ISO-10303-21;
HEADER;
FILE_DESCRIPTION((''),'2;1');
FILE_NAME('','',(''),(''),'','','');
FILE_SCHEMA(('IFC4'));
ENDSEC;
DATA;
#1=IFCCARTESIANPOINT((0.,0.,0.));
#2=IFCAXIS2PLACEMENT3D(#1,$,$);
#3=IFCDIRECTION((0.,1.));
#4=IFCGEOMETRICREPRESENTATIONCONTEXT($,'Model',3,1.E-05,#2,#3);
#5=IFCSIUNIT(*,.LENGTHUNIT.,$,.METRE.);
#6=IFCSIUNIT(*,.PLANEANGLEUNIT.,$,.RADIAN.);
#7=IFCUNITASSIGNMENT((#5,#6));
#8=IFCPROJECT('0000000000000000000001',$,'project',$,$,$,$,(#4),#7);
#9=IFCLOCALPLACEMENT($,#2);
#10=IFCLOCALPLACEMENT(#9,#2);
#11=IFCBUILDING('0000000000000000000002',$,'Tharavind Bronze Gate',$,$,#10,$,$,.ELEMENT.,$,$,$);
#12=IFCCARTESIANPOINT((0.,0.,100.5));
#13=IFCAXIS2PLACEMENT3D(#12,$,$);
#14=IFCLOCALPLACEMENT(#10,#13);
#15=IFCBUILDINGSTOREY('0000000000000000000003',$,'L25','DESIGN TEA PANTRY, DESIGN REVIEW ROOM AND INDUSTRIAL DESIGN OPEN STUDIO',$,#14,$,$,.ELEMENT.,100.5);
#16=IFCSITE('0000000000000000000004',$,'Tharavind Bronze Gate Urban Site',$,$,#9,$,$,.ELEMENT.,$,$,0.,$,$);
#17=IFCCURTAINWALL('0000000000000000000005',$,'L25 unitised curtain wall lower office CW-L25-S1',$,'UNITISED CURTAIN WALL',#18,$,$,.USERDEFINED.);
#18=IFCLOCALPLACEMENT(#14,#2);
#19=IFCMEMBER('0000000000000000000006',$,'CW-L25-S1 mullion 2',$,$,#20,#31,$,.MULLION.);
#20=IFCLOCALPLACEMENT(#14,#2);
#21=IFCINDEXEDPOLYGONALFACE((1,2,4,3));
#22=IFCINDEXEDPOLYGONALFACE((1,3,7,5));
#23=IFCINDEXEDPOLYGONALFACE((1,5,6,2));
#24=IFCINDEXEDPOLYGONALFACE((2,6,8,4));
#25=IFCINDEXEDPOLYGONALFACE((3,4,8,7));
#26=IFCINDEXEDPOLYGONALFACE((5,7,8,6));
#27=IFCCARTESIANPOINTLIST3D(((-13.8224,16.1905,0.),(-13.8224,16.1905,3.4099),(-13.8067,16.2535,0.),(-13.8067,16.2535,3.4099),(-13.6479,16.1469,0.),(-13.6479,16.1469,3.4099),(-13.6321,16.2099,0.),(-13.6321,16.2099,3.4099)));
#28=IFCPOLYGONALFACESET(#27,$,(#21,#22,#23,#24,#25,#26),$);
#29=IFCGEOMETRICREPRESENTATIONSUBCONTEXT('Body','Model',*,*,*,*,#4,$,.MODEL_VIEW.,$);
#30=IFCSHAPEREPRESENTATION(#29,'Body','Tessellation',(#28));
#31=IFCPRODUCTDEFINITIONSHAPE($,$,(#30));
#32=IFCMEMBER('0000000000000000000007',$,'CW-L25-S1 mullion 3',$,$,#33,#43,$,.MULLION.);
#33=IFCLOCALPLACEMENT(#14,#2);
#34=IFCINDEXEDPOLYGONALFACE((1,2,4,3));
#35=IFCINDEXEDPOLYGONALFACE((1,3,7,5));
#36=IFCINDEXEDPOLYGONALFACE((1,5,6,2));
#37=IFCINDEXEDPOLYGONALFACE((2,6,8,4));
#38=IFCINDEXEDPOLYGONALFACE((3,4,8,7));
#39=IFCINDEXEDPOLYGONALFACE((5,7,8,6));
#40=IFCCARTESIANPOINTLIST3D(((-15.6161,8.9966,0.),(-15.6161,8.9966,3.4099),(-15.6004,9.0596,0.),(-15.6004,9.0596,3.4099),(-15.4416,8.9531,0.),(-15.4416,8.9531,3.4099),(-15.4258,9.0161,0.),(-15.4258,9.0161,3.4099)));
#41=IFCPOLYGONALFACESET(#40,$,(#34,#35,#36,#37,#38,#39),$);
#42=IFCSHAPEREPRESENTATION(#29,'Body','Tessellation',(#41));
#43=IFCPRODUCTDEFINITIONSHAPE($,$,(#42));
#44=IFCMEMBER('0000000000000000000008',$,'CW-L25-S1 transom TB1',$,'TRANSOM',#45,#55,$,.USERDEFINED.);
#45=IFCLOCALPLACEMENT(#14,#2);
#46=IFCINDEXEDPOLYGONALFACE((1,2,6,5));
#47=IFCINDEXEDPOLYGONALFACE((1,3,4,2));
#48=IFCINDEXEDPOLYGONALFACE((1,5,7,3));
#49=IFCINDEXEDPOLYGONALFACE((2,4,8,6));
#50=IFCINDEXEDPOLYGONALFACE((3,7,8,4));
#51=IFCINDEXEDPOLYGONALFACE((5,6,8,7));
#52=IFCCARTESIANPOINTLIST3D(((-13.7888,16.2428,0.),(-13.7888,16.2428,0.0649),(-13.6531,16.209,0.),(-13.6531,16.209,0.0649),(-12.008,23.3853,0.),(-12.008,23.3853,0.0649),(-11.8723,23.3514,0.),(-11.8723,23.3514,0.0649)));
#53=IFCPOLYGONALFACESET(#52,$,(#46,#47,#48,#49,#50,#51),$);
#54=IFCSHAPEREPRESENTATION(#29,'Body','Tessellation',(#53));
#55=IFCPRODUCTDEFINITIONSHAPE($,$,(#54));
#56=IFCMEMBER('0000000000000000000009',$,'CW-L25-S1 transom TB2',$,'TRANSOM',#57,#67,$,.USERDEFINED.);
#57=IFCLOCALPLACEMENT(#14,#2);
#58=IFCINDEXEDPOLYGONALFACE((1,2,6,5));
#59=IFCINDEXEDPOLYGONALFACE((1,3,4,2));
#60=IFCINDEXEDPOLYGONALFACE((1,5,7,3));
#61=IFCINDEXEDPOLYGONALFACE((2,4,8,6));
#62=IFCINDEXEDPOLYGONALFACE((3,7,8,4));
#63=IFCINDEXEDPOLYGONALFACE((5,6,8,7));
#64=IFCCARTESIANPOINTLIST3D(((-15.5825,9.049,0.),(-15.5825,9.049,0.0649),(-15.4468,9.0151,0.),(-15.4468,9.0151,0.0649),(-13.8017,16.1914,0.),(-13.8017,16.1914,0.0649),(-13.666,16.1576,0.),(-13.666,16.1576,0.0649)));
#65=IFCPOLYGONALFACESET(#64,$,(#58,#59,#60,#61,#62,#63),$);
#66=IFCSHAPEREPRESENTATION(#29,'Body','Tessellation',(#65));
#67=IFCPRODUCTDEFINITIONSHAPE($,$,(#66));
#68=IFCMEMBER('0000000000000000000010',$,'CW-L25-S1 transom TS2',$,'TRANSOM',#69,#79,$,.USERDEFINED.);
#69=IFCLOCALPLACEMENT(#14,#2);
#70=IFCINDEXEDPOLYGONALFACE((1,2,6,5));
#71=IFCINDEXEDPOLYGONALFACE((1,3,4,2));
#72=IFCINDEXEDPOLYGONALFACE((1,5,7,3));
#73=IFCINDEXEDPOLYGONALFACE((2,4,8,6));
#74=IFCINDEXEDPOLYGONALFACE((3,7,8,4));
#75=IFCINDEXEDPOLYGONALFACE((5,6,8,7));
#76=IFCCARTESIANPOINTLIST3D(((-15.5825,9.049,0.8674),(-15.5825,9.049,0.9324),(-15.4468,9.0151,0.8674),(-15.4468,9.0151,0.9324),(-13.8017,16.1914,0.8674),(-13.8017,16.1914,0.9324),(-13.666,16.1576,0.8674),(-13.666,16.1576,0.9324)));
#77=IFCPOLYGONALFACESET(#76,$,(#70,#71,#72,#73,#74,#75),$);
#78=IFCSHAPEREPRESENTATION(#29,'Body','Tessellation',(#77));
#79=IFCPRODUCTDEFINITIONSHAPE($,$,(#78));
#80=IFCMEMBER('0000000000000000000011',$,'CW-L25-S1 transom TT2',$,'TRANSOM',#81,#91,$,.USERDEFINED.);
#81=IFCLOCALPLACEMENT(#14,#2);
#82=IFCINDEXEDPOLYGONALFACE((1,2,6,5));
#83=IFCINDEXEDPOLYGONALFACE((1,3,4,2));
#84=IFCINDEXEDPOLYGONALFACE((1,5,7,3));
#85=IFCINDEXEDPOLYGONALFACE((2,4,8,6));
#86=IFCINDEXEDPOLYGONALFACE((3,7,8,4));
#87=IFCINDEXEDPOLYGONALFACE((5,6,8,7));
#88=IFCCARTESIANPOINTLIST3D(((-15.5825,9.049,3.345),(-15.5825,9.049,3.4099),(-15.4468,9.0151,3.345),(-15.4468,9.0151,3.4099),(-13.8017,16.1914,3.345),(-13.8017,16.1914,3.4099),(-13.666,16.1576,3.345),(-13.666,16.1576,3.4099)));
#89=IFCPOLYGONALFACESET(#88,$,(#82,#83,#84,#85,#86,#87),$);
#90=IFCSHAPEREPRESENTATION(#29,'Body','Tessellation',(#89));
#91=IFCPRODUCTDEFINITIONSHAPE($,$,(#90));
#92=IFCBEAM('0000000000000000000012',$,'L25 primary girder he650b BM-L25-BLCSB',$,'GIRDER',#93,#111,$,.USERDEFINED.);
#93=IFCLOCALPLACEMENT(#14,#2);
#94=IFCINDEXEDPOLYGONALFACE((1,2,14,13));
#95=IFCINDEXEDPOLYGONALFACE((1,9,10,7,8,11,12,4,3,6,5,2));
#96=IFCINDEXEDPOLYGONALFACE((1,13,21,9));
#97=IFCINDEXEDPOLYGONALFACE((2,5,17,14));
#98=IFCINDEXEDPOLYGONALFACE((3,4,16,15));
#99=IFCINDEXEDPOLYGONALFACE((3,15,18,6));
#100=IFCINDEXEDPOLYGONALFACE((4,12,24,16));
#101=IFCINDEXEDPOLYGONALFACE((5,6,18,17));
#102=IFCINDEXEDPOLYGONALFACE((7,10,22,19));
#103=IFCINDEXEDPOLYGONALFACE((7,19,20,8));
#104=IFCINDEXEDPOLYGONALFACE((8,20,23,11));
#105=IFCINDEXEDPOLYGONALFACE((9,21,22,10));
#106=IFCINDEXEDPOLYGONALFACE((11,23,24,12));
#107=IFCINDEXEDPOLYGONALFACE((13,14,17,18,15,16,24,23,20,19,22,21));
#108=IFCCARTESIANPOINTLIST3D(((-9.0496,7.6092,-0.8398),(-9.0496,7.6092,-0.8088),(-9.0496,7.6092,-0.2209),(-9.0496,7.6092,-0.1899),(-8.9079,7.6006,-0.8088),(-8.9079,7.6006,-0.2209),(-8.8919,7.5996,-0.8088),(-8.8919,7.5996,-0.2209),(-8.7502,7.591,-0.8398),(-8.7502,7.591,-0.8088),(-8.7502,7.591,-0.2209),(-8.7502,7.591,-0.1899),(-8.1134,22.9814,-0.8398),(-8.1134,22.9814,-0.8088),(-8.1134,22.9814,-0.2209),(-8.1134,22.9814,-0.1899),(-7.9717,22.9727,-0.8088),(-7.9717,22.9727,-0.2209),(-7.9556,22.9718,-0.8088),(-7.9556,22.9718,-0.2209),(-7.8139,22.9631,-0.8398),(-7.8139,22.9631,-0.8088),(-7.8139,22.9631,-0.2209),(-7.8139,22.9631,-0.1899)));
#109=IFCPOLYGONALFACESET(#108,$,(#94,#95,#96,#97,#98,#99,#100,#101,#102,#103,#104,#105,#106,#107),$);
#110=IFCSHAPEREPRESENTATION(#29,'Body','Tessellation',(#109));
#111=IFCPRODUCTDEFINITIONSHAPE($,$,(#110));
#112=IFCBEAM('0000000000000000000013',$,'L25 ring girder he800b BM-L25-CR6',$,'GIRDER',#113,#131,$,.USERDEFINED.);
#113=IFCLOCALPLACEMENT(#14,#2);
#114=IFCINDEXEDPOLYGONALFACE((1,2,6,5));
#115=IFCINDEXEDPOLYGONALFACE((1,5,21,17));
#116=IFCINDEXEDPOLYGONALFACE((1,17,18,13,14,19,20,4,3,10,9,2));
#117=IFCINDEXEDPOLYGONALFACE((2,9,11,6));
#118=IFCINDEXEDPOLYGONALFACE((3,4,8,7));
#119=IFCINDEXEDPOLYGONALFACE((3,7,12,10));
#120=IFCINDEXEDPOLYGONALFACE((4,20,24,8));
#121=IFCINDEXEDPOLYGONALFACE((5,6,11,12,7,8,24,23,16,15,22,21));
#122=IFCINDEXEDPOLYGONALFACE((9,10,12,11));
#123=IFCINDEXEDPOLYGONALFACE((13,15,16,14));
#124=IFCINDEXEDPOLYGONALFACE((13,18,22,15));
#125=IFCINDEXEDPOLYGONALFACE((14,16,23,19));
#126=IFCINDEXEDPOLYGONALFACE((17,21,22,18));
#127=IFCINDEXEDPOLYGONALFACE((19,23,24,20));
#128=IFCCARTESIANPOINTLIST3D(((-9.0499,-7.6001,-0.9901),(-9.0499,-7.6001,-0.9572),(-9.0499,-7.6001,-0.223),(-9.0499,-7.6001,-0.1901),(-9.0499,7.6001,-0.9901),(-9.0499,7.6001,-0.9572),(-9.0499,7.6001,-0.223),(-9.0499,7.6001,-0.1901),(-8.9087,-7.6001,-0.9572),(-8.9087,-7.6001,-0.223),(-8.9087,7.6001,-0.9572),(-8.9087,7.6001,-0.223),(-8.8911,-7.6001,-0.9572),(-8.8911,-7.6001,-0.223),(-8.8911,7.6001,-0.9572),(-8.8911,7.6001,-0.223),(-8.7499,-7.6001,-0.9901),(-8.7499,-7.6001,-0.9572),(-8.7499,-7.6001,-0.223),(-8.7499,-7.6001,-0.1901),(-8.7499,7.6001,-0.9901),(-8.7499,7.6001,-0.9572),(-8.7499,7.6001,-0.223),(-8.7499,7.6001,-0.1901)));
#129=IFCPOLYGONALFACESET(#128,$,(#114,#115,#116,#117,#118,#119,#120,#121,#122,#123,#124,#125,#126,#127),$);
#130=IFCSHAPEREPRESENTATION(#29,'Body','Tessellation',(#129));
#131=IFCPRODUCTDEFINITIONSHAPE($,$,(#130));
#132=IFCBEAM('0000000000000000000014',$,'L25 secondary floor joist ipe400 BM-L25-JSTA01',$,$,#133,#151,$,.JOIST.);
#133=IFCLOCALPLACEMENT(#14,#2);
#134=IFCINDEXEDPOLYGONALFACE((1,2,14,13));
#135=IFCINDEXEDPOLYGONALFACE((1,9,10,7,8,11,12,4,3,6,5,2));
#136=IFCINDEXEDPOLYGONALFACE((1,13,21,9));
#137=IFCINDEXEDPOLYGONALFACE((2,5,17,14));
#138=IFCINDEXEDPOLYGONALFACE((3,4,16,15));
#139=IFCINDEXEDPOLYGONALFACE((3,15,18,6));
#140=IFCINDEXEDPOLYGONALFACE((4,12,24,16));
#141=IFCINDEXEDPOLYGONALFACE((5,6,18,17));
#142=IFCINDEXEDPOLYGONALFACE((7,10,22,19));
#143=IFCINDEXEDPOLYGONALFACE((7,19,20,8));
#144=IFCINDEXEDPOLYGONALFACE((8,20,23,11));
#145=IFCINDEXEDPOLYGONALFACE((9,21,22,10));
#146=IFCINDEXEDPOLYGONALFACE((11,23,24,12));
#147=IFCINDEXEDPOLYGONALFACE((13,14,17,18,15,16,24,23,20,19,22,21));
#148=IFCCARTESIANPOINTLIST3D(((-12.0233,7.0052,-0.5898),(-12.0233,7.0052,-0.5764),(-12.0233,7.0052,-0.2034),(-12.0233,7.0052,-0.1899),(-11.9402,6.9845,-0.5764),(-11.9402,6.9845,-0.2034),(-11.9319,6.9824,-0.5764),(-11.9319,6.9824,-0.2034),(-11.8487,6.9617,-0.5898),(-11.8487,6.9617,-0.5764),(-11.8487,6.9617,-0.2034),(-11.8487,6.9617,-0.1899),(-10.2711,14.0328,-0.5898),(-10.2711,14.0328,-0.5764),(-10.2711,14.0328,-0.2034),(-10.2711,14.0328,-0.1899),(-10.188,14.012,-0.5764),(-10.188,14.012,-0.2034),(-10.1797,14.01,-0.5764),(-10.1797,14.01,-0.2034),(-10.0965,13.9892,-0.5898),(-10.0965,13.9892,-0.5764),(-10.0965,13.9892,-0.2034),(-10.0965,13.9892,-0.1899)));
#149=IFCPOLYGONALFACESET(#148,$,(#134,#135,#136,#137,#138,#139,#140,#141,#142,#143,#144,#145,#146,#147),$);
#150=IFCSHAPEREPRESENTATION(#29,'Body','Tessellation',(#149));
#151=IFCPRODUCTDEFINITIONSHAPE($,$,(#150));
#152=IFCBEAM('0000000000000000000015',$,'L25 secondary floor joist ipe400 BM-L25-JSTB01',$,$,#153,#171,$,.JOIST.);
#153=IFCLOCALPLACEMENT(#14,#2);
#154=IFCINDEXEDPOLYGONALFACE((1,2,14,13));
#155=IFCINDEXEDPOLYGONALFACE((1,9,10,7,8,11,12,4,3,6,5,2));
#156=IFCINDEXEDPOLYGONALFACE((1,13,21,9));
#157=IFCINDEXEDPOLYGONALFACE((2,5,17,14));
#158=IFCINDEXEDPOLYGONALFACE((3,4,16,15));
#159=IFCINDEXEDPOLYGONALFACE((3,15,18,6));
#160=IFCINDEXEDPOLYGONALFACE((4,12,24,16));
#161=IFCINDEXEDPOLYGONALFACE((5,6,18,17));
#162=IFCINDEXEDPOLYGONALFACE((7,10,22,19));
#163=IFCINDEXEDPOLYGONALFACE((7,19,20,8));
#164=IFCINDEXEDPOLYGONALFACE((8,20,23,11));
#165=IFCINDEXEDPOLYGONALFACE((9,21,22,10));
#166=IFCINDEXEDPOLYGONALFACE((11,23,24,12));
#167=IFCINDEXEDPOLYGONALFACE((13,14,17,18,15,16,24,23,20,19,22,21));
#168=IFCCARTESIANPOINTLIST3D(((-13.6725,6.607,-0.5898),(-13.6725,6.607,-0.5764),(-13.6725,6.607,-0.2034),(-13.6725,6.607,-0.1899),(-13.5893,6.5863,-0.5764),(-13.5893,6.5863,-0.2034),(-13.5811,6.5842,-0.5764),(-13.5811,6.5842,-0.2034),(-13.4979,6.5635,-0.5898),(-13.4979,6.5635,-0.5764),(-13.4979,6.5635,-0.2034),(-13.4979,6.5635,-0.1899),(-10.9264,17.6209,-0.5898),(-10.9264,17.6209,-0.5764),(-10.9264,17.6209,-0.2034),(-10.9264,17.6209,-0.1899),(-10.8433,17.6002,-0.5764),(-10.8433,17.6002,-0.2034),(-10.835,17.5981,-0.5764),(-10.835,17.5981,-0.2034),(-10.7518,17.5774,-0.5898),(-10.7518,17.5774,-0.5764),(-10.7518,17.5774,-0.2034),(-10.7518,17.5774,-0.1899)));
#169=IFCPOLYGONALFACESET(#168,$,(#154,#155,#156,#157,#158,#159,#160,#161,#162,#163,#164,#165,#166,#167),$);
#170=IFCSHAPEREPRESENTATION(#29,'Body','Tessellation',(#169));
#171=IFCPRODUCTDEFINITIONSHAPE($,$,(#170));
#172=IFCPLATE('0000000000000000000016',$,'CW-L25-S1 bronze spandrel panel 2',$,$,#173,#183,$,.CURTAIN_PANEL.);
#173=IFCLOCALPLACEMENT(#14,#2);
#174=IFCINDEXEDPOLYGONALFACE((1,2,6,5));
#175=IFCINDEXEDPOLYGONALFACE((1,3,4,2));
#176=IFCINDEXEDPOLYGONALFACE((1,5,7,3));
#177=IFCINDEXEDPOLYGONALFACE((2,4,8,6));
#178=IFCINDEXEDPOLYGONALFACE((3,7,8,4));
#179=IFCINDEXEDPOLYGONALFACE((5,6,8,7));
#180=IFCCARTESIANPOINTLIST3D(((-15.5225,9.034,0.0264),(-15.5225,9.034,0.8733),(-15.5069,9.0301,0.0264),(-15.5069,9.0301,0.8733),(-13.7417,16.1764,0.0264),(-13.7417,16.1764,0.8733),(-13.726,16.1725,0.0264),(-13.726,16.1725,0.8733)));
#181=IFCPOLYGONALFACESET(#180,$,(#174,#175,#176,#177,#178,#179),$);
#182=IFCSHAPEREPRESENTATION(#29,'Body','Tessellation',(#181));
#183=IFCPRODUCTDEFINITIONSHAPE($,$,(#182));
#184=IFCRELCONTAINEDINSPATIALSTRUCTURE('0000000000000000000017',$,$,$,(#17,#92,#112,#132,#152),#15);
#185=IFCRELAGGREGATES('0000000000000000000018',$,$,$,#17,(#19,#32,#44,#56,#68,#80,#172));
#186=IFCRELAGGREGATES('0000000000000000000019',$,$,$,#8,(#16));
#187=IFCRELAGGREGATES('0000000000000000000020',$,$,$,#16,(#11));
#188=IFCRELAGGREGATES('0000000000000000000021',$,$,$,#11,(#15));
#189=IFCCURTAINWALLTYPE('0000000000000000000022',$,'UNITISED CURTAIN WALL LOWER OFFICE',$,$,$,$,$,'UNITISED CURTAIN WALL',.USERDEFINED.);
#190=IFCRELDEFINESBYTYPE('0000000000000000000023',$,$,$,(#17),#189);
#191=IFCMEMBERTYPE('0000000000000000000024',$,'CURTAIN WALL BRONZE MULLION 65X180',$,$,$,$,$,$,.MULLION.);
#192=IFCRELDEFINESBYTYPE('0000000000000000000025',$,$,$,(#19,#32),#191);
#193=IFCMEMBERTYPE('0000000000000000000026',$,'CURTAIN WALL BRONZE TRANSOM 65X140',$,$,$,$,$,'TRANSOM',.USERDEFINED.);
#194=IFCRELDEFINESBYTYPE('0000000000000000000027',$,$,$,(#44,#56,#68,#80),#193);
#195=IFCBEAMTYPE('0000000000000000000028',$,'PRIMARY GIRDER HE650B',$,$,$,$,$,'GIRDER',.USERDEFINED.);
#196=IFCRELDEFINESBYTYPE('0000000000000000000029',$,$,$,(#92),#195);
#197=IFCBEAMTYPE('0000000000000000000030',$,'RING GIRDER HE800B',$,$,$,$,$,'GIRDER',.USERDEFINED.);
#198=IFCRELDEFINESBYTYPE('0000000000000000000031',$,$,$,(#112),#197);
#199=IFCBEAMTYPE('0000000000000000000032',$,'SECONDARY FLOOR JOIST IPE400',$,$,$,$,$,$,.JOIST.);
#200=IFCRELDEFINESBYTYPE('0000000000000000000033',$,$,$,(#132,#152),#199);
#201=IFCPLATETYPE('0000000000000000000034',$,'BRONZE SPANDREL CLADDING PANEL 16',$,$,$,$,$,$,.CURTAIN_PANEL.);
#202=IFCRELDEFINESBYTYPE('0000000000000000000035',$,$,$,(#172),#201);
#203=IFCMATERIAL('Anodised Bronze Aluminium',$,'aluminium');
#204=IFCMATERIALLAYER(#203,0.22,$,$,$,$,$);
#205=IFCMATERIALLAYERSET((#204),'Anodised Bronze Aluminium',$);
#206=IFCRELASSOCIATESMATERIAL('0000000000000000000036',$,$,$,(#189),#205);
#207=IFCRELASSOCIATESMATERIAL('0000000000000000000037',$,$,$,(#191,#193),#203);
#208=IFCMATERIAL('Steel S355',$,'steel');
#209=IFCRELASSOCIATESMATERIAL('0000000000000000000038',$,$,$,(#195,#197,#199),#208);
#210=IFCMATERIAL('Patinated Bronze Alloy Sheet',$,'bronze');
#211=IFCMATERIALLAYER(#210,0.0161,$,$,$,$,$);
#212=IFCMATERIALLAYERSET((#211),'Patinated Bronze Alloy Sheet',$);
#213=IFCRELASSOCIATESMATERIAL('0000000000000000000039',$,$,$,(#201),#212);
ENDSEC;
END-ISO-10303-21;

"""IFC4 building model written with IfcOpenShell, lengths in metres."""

from ifc_helpers import new_model, si_unit, direction, frame, origin, origin_2d, place, context, subcontext, project, spatial, rectangle, i_section, extrude, material, layer, layer_set, material_profile, profile_set, type_object, element, aggregate, save


model = new_model("IFC4")

# Units and contexts
model_context = context("Model", 3, precision=1e-05, world=origin(), true_north=direction((0.0, 1.0)))
body_context = subcontext(model_context, "Body", "Model", "MODEL_VIEW")
ifc_project = project(units=[si_unit("LENGTHUNIT", "METRE"), si_unit("PLANEANGLEUNIT", "RADIAN")], contexts=[model_context])

# Site, building, storey
site_placement = place(None, origin())
site = spatial("IfcSite", under=ifc_project, at=site_placement, Name="Tharavind Bronze Gate Urban Site", CompositionType="ELEMENT", RefElevation=0.0)
building_placement = place(site_placement, origin())
building = spatial("IfcBuilding", under=site, at=building_placement, Name="Tharavind Bronze Gate", CompositionType="ELEMENT")
storey_placement = place(building_placement, frame((0.0, 0.0, 100.5)))
storey = spatial("IfcBuildingStorey", under=building, at=storey_placement, Name="L25", Description="DESIGN TEA PANTRY, DESIGN REVIEW ROOM AND INDUSTRIAL DESIGN OPEN STUDIO", CompositionType="ELEMENT", Elevation=100.5)

# Curtain wall, members
ifc_material_1 = material(Name="Anodised Bronze Aluminium", Category="aluminium")
ifc_layer_1 = layer(ifc_material_1, 0.22)
ifc_layer_set_1 = layer_set([ifc_layer_1], Name="Anodised Bronze Aluminium")
curtain_wall_type = type_object("IfcCurtainWallType", Name="UNITISED CURTAIN WALL LOWER OFFICE", ElementType="UNITISED CURTAIN WALL", PredefinedType="USERDEFINED", material=ifc_layer_set_1)
curtain_wall_placement = place(storey_placement, origin())
curtain_wall = element("IfcCurtainWall", 1, at=curtain_wall_placement, inside=storey, type_object=curtain_wall_type, Name="L25 unitised curtain wall lower office CW-L25-S1", ObjectType="UNITISED CURTAIN WALL", PredefinedType="USERDEFINED")
member_type_1 = type_object("IfcMemberType", Name="CURTAIN WALL BRONZE MULLION 65X180", PredefinedType="MULLION", material=ifc_material_1)
member_1_placement = place(storey_placement, frame((-13.7273, 16.2002, 0.0), z_axis=(0.0, 0.0, 1.0), x_axis=(-0.241922, -0.970296, 0.0)))
member_1 = element("IfcMember", 2, at=member_1_placement, type_object=member_type_1, Name="CW-L25-S1 mullion 2", PredefinedType="MULLION", context=body_context, shape_type="SweptSolid", body=[
    extrude(rectangle(XDim=0.0649, YDim=0.1799, at=origin_2d()), origin(), (0.0, 0.0, 1.0), 3.4099),
])
member_2_placement = place(storey_placement, frame((-15.521, 9.0063, 0.0), z_axis=(0.0, 0.0, 1.0), x_axis=(-0.241922, -0.970296, 0.0)))
member_2 = element("IfcMember", 3, at=member_2_placement, type_object=member_type_1, Name="CW-L25-S1 mullion 3", PredefinedType="MULLION", context=body_context, shape_type="SweptSolid", body=[
    extrude(rectangle(XDim=0.0649, YDim=0.1799, at=origin_2d()), origin(), (0.0, 0.0, 1.0), 3.4099),
])
member_type_2 = type_object("IfcMemberType", Name="CURTAIN WALL BRONZE TRANSOM 65X140", ElementType="TRANSOM", PredefinedType="USERDEFINED", material=ifc_material_1)
member_3_placement = place(storey_placement, frame((-12.8306, 19.7971, 0.0), z_axis=(0.0, 0.0, 1.0), x_axis=(-0.241922, -0.970296, 0.0)))
member_3 = element("IfcMember", 4, at=member_3_placement, type_object=member_type_2, Name="CW-L25-S1 transom TB1", ObjectType="TRANSOM", PredefinedType="USERDEFINED", context=body_context, shape_type="SweptSolid", body=[
    extrude(rectangle(XDim=7.3611, YDim=0.1399, at=origin_2d()), origin(), (0.0, 0.0, 1.0), 0.0649),
])
member_4_placement = place(storey_placement, frame((-14.6243, 12.6033, 0.0), z_axis=(0.0, 0.0, 1.0), x_axis=(-0.241922, -0.970296, 0.0)))
member_4 = element("IfcMember", 5, at=member_4_placement, type_object=member_type_2, Name="CW-L25-S1 transom TB2", ObjectType="TRANSOM", PredefinedType="USERDEFINED", context=body_context, shape_type="SweptSolid", body=[
    extrude(rectangle(XDim=7.3611, YDim=0.1399, at=origin_2d()), origin(), (0.0, 0.0, 1.0), 0.0649),
])
member_5_placement = place(storey_placement, frame((-14.6243, 12.6033, 0.8674), z_axis=(0.0, 0.0, 1.0), x_axis=(-0.241922, -0.970296, 0.0)))
member_5 = element("IfcMember", 6, at=member_5_placement, type_object=member_type_2, Name="CW-L25-S1 transom TS2", ObjectType="TRANSOM", PredefinedType="USERDEFINED", context=body_context, shape_type="SweptSolid", body=[
    extrude(rectangle(XDim=7.3611, YDim=0.1399, at=origin_2d()), origin(), (0.0, 0.0, 1.0), 0.0649),
])
member_6_placement = place(storey_placement, frame((-14.6243, 12.6033, 3.345), z_axis=(0.0, 0.0, 1.0), x_axis=(-0.241922, -0.970296, 0.0)))
member_6 = element("IfcMember", 7, at=member_6_placement, type_object=member_type_2, Name="CW-L25-S1 transom TT2", ObjectType="TRANSOM", PredefinedType="USERDEFINED", context=body_context, shape_type="SweptSolid", body=[
    extrude(rectangle(XDim=7.3611, YDim=0.1399, at=origin_2d()), origin(), (0.0, 0.0, 1.0), 0.0649),
])

# Beams
ifc_material_2 = material(Name="Steel S355", Category="steel")
ifc_material_profile_1 = material_profile(ifc_material_2, i_section(OverallWidth=0.3, OverallDepth=0.6499, WebThickness=0.0161, FlangeThickness=0.031, at=origin_2d()), Name="HE650B")
ifc_profile_set_1 = profile_set([ifc_material_profile_1], Name="Steel S355")
beam_type_1 = type_object("IfcBeamType", Name="PRIMARY GIRDER HE650B", ElementType="GIRDER", PredefinedType="USERDEFINED", material=ifc_profile_set_1)
beam_1_placement = place(storey_placement, frame((-8.8999, 7.6001, -0.5149), z_axis=(0.060795, 0.99815, 0.0), x_axis=(-0.99815, 0.060795, 0.0)))
element("IfcBeam", 8, at=beam_1_placement, inside=storey, type_object=beam_type_1, Name="L25 primary girder he650b BM-L25-BLCSB", ObjectType="GIRDER", PredefinedType="USERDEFINED", context=body_context, shape_type="SweptSolid", body=[
    extrude(i_section(OverallWidth=0.3, OverallDepth=0.6499, WebThickness=0.0161, FlangeThickness=0.031, at=origin_2d()), origin(), (0.0, 0.0, 1.0), 15.4006),
])
ifc_material_profile_2 = material_profile(ifc_material_2, i_section(OverallWidth=0.3, OverallDepth=0.8, WebThickness=0.0176, FlangeThickness=0.033, at=origin_2d()), Name="HE800B")
ifc_profile_set_2 = profile_set([ifc_material_profile_2], Name="Steel S355")
beam_type_2 = type_object("IfcBeamType", Name="RING GIRDER HE800B", ElementType="GIRDER", PredefinedType="USERDEFINED", material=ifc_profile_set_2)
beam_2_placement = place(storey_placement, frame((-8.8999, 7.6001, -0.5901), z_axis=(0.0, -1.0, 0.0), x_axis=(1.0, 0.0, 0.0)))
element("IfcBeam", 9, at=beam_2_placement, inside=storey, type_object=beam_type_2, Name="L25 ring girder he800b BM-L25-CR6", ObjectType="GIRDER", PredefinedType="USERDEFINED", context=body_context, shape_type="SweptSolid", body=[
    extrude(i_section(OverallWidth=0.3, OverallDepth=0.8, WebThickness=0.0176, FlangeThickness=0.033, at=origin_2d()), origin(), (0.0, 0.0, 1.0), 15.2002),
])
ifc_material_profile_3 = material_profile(ifc_material_2, i_section(OverallWidth=0.1799, OverallDepth=0.3999, WebThickness=0.0085, FlangeThickness=0.0134, at=origin_2d()), Name="IPE400")
ifc_profile_set_3 = profile_set([ifc_material_profile_3], Name="Steel S355")
beam_type_3 = type_object("IfcBeamType", Name="SECONDARY FLOOR JOIST IPE400", PredefinedType="JOIST", material=ifc_profile_set_3)
beam_3_placement = place(storey_placement, frame((-10.1838, 14.011, -0.3899), z_axis=(-0.241925, -0.970295, 0.0), x_axis=(0.970295, -0.241925, 0.0)))
element("IfcBeam", 10, at=beam_3_placement, inside=storey, type_object=beam_type_3, Name="L25 secondary floor joist ipe400 BM-L25-JSTA01", PredefinedType="JOIST", context=body_context, shape_type="SweptSolid", body=[
    extrude(i_section(OverallWidth=0.1799, OverallDepth=0.3999, WebThickness=0.0085, FlangeThickness=0.0134, at=origin_2d()), origin(), (0.0, 0.0, 1.0), 7.2427),
])
beam_4_placement = place(storey_placement, frame((-10.8391, 17.5991, -0.3899), z_axis=(-0.241923, -0.970295, 0.0), x_axis=(0.970295, -0.241923, 0.0)))
element("IfcBeam", 11, at=beam_4_placement, inside=storey, type_object=beam_type_3, Name="L25 secondary floor joist ipe400 BM-L25-JSTB01", PredefinedType="JOIST", context=body_context, shape_type="SweptSolid", body=[
    extrude(i_section(OverallWidth=0.1799, OverallDepth=0.3999, WebThickness=0.0085, FlangeThickness=0.0134, at=origin_2d()), origin(), (0.0, 0.0, 1.0), 11.3511),
])

# Plate
ifc_material_3 = material(Name="Patinated Bronze Alloy Sheet", Category="bronze")
ifc_layer_2 = layer(ifc_material_3, 0.0161)
ifc_layer_set_2 = layer_set([ifc_layer_2], Name="Patinated Bronze Alloy Sheet")
plate_type_1 = type_object("IfcPlateType", Name="BRONZE SPANDREL CLADDING PANEL 16", PredefinedType="CURTAIN_PANEL", material=ifc_layer_set_2)
plate_1_placement = place(storey_placement, frame((-14.6243, 12.6033, 0.0264), z_axis=(0.0, 0.0, 1.0), x_axis=(-0.241922, -0.970296, 0.0)))
plate_1 = element("IfcPlate", 12, at=plate_1_placement, type_object=plate_type_1, Name="CW-L25-S1 bronze spandrel panel 2", PredefinedType="CURTAIN_PANEL", context=body_context, shape_type="SweptSolid", body=[
    extrude(rectangle(XDim=7.3611, YDim=0.0161, at=origin_2d()), origin(), (0.0, 0.0, 1.0), 0.8469),
])
aggregate(curtain_wall, [member_1, member_2, member_3, member_4, member_5, member_6, plate_1])

save(model, "model.ifc")
